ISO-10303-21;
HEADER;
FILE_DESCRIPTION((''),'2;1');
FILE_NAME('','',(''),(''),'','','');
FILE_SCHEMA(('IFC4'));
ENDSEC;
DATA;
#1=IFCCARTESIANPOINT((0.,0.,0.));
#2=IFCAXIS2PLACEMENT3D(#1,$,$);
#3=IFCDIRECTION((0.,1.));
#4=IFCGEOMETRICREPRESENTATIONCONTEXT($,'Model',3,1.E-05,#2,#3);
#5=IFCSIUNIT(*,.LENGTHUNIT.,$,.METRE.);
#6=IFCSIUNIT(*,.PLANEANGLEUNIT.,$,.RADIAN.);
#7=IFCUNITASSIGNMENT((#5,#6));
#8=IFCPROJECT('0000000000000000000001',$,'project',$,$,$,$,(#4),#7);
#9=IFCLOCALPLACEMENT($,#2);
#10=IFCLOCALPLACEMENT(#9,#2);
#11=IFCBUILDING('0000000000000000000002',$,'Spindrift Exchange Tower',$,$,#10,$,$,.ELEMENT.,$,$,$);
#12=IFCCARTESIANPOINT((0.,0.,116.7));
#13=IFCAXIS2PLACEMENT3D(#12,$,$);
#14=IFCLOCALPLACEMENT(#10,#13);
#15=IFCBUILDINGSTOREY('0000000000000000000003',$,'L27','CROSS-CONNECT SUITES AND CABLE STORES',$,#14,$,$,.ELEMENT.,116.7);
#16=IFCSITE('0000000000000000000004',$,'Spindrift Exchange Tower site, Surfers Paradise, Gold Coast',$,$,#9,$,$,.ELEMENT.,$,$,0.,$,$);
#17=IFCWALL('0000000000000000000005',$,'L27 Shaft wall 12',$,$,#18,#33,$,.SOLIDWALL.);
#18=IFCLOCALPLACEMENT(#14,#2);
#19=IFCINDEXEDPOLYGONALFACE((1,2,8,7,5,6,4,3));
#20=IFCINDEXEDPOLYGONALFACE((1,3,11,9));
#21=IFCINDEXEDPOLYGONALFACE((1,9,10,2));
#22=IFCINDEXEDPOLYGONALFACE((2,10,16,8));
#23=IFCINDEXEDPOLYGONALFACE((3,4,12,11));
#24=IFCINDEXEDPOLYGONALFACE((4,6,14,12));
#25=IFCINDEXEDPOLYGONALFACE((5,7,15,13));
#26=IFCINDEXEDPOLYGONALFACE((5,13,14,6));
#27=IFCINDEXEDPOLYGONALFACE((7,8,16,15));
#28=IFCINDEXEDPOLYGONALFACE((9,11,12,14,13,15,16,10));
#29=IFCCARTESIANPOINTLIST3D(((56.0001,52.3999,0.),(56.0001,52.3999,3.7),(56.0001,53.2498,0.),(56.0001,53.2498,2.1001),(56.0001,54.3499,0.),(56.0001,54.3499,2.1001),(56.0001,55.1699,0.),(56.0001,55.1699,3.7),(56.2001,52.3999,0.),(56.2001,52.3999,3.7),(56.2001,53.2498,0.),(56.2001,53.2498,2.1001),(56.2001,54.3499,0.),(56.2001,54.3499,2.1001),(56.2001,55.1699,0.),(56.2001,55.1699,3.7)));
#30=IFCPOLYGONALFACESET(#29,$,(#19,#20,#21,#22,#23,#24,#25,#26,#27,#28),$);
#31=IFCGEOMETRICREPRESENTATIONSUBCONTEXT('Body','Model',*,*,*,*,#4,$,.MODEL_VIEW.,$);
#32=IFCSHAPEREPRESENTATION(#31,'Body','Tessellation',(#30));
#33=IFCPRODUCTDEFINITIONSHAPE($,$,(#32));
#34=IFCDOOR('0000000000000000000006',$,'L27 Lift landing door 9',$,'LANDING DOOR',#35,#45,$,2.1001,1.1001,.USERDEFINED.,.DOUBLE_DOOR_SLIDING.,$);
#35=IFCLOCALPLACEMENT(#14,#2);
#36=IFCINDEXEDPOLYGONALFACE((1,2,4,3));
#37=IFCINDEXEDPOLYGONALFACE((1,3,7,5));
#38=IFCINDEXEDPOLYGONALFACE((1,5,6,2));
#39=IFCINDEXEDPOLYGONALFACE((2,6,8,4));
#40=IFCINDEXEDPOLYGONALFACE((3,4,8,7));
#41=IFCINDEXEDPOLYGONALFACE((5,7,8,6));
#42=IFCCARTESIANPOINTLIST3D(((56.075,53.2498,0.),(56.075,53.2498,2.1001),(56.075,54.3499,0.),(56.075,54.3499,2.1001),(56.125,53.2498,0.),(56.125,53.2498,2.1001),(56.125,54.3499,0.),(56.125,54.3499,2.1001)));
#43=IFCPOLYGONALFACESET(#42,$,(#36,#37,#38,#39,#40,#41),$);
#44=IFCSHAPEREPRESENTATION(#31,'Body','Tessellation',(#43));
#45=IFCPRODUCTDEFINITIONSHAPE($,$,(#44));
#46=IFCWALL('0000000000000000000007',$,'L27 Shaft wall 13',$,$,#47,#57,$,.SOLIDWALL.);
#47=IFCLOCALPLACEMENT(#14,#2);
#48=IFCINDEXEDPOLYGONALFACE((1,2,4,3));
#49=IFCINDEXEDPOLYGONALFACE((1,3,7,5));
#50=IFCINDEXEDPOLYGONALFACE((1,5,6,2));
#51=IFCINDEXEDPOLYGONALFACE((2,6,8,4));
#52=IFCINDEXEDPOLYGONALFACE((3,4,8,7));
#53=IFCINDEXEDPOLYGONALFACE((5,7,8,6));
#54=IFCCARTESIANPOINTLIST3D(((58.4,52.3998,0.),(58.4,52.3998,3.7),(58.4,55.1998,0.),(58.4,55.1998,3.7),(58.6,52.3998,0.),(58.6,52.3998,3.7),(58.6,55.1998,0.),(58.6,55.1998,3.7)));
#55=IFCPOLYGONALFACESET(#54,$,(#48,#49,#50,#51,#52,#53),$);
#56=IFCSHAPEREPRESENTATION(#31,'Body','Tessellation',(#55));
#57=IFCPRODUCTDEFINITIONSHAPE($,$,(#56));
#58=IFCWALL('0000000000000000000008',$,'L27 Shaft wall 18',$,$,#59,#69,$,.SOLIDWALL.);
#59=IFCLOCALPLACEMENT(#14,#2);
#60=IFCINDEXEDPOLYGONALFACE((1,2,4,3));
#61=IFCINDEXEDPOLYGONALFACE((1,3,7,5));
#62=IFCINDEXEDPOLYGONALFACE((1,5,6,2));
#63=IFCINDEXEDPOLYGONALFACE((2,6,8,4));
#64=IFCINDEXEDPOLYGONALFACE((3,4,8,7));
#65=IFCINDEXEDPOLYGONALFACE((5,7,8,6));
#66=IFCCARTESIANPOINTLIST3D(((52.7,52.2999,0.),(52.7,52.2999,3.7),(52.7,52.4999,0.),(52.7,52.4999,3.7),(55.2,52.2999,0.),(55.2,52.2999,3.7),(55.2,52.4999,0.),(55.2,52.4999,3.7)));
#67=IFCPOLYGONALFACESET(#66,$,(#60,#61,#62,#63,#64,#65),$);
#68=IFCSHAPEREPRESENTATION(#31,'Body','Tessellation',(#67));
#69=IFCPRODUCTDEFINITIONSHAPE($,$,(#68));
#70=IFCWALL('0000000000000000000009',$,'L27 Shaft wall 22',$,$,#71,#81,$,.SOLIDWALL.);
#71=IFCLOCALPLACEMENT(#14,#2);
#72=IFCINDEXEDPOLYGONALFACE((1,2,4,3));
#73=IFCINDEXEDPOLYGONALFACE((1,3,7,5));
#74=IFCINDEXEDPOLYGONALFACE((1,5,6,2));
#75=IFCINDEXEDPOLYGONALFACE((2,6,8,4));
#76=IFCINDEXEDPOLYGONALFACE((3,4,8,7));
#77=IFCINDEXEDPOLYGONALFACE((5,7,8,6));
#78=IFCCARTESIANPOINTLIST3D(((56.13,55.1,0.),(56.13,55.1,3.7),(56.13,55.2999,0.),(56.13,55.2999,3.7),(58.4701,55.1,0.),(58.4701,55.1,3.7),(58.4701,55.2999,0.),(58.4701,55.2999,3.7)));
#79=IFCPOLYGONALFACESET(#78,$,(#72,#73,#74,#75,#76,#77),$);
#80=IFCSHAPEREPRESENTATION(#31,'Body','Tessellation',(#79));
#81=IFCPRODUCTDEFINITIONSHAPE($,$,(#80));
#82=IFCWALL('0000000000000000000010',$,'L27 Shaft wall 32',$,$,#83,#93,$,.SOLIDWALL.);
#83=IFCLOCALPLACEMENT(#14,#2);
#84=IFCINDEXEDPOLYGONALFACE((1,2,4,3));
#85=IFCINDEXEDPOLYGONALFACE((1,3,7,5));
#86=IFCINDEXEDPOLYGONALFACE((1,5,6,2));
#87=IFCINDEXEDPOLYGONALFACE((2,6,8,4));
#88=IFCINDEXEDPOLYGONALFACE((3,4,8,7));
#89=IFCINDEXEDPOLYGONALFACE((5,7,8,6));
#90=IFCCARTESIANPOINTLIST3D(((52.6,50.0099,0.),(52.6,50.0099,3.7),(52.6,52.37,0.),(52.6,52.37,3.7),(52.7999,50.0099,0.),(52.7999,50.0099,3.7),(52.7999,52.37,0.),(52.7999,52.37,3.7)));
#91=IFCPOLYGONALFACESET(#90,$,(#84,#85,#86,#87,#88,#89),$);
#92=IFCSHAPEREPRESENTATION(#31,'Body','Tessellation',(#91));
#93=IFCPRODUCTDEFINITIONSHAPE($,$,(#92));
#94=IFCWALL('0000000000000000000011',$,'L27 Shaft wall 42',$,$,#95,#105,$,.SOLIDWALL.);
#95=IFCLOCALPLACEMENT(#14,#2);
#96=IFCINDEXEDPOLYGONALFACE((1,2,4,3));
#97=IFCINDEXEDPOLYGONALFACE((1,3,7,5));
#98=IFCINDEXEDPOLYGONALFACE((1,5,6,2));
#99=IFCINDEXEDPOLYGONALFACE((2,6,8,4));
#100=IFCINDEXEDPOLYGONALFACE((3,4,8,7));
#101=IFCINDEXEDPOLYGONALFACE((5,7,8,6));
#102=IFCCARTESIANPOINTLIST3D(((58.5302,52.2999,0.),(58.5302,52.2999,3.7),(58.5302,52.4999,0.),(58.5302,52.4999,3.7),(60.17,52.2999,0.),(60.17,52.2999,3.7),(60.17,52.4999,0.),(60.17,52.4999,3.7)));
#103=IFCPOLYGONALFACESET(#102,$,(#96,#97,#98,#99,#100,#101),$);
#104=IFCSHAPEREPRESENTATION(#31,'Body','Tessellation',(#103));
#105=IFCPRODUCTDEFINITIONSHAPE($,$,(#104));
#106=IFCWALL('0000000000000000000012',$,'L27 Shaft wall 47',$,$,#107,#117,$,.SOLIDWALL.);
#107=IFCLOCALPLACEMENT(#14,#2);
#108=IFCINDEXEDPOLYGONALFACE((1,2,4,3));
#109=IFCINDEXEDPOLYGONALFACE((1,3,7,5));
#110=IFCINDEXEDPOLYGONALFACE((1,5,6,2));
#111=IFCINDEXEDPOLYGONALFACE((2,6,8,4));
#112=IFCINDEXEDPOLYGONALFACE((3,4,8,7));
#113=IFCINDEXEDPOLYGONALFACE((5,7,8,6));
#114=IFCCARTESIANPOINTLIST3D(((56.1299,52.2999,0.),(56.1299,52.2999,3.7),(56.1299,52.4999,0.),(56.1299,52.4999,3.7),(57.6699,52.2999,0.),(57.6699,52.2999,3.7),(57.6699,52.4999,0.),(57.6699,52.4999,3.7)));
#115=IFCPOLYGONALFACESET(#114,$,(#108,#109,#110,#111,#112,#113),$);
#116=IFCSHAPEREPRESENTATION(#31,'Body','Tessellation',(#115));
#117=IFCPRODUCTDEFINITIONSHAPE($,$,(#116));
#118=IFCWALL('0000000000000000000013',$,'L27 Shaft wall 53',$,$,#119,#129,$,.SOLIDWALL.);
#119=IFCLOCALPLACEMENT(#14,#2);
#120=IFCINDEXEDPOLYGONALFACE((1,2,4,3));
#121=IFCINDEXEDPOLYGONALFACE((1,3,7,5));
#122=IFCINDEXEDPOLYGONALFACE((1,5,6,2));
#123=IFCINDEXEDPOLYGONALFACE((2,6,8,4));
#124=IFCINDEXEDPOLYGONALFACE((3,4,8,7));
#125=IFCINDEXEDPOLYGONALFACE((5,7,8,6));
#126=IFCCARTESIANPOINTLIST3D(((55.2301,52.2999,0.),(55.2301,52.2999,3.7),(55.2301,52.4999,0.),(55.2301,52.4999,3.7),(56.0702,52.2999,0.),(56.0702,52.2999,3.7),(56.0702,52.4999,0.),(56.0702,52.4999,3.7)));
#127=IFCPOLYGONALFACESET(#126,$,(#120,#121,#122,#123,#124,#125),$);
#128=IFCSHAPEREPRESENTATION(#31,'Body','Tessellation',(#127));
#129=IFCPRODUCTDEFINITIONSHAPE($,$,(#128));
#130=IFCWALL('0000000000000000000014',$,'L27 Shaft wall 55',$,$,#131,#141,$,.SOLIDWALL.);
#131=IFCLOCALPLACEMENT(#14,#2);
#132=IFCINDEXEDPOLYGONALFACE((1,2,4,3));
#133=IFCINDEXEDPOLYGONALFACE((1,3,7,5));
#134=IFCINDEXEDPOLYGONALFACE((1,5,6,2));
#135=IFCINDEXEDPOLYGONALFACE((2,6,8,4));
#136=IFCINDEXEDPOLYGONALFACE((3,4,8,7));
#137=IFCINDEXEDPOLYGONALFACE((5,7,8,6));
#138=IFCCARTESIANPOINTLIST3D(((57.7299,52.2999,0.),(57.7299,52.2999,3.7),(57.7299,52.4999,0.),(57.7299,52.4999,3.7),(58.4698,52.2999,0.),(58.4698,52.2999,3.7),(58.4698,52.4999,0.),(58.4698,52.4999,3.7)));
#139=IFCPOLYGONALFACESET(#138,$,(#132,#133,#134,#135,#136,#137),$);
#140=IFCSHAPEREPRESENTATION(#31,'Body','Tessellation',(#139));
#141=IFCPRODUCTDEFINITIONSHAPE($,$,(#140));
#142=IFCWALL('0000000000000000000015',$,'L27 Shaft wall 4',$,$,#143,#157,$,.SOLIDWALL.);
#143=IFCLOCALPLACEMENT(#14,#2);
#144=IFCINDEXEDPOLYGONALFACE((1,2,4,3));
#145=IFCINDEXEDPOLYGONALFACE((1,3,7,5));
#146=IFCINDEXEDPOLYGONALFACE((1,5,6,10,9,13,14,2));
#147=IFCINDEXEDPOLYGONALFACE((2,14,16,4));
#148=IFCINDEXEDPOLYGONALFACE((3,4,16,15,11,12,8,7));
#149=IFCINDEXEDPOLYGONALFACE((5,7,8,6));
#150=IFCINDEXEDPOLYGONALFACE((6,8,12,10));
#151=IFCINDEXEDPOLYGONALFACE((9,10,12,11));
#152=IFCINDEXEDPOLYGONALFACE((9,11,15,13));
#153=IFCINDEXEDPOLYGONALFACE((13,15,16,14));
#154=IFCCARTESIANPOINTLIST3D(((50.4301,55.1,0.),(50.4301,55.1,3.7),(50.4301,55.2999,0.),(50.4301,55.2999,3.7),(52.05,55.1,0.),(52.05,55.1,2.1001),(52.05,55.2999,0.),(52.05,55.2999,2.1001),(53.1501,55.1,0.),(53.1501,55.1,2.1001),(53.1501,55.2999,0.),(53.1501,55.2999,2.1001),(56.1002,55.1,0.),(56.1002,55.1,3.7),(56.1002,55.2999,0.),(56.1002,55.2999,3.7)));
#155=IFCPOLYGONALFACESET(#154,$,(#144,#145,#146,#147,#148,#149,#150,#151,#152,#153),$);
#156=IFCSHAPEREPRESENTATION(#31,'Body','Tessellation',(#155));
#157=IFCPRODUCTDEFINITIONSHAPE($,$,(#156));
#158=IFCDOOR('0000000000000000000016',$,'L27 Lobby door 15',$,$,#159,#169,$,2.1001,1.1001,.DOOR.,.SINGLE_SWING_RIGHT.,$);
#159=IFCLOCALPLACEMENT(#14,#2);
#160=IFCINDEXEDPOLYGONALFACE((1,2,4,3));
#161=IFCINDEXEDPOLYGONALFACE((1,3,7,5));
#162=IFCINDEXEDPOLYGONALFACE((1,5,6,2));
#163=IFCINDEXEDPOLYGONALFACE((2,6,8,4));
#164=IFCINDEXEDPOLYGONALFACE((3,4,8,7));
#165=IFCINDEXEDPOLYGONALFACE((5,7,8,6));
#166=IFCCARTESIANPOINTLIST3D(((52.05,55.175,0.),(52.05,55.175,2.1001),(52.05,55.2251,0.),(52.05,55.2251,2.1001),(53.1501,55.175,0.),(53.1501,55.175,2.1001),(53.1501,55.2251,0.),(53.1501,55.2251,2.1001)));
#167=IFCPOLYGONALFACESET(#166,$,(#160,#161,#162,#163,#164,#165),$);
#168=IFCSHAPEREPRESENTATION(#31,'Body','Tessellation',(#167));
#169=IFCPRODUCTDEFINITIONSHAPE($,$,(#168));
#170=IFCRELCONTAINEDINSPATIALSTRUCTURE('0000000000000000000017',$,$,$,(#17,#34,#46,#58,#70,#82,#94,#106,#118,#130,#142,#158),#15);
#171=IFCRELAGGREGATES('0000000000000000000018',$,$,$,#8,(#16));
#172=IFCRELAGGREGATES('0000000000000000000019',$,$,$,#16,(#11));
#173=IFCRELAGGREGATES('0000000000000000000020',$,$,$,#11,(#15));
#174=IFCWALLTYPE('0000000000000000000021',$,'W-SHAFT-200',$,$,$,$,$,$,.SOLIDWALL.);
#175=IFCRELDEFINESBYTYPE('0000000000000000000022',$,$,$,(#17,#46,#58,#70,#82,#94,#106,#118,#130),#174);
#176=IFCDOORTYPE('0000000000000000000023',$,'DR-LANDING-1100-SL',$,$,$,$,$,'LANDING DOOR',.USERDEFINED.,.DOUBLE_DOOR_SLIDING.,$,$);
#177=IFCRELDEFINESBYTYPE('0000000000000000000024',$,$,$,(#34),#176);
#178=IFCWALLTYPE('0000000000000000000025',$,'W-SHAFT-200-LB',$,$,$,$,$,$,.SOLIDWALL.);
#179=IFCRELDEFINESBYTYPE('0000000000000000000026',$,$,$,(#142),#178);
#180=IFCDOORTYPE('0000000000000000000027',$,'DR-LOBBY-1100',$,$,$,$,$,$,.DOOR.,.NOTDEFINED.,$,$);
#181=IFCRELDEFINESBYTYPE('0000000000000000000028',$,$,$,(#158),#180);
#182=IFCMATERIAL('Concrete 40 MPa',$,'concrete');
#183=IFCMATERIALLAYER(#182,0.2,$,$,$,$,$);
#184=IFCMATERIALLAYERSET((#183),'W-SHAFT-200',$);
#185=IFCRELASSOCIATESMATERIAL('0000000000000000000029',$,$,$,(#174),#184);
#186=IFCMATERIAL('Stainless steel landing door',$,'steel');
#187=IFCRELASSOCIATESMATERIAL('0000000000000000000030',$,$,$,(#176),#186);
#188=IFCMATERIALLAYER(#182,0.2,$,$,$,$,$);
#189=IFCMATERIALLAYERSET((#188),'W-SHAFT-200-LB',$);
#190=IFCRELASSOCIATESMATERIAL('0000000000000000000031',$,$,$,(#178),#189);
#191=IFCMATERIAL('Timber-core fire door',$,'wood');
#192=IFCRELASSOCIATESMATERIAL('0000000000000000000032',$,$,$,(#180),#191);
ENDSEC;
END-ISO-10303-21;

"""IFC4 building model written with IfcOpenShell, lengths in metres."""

from ifc_helpers import new_model, si_unit, direction, frame, frame_2d, origin, place, context, subcontext, project, spatial, rectangle, extrude, source, transform, mapped, material, layer, layer_set, type_object, element, fill, save


model = new_model("IFC4")

# Units and contexts
model_context = context("Model", 3, precision=1e-05, world=origin(), true_north=direction((0.0, 1.0)))
body_context = subcontext(model_context, "Body", "Model", "MODEL_VIEW")
ifc_project = project(units=[si_unit("LENGTHUNIT", "METRE"), si_unit("PLANEANGLEUNIT", "RADIAN")], contexts=[model_context])

# Site, building, storey
site_placement = place(None, origin())
site = spatial("IfcSite", under=ifc_project, at=site_placement, Name="Spindrift Exchange Tower site, Surfers Paradise, Gold Coast", CompositionType="ELEMENT", RefElevation=0.0)
building_placement = place(site_placement, origin())
building = spatial("IfcBuilding", under=site, at=building_placement, Name="Spindrift Exchange Tower", CompositionType="ELEMENT")
storey_placement = place(building_placement, frame((0.0, 0.0, 116.7)))
storey = spatial("IfcBuildingStorey", under=building, at=storey_placement, Name="L27", Description="CROSS-CONNECT SUITES AND CABLE STORES", CompositionType="ELEMENT", Elevation=116.7)

# Wall, opening, door
ifc_material_1 = material(Name="Concrete 40 MPa", Category="concrete")
ifc_layer_1 = layer(ifc_material_1, 0.2)
ifc_layer_set_1 = layer_set([ifc_layer_1], Name="W-SHAFT-200")
wall_type_1 = type_object("IfcWallType", Name="W-SHAFT-200", PredefinedType="SOLIDWALL", material=ifc_layer_set_1)
wall_1_placement = place(storey_placement, frame((56.1001, 55.1699, 0.0), z_axis=(0.0, 0.0, 1.0), x_axis=(0.0, -1.0, 0.0)))
wall_1 = element("IfcWall", 1, at=wall_1_placement, inside=storey, type_object=wall_type_1, Name="L27 Shaft wall 12", PredefinedType="SOLIDWALL", context=body_context, shape_type="SweptSolid", body=[
    extrude(rectangle(XDim=2.77, YDim=0.2, at=frame_2d((1.385, 0.0))), origin(), (0.0, 0.0, 1.0), 3.7),
])
opening_1_placement = place(wall_1_placement, frame((0.8201, 0.0, 0.0)))
opening_1 = element("IfcOpeningElement", 2, at=opening_1_placement, cuts=wall_1, PredefinedType="OPENING", context=body_context, shape_type="SweptSolid", body=[
    extrude(rectangle(XDim=1.1001, YDim=2.1001, at=frame_2d((0.55, 1.05))), frame((0.0, 0.1099, 0.0), z_axis=(0.0, -1.0, 0.0), x_axis=(1.0, 0.0, 0.0)), (0.0, 0.0, 1.0), 0.22),
])
ifc_material_2 = material(Name="Stainless steel landing door", Category="steel")
door_type_1 = type_object("IfcDoorType", Name="DR-LANDING-1100-SL", ElementType="LANDING DOOR", OperationType="DOUBLE_DOOR_SLIDING", PredefinedType="USERDEFINED", material=ifc_material_2)
shared_shape_1 = source(origin(), body_context, "Body", "SweptSolid", [
    extrude(rectangle(XDim=1.1001, YDim=2.1001, at=frame_2d((0.55, 1.05))), frame((0.0, 0.0249, 0.0), z_axis=(0.0, -1.0, 0.0), x_axis=(1.0, 0.0, 0.0)), (0.0, 0.0, 1.0), 0.05),
])
door_1_placement = place(opening_1_placement, origin())
door_1 = element("IfcDoor", 3, at=door_1_placement, inside=storey, type_object=door_type_1, Name="L27 Lift landing door 9", ObjectType="LANDING DOOR", OperationType="DOUBLE_DOOR_SLIDING", OverallHeight=2.1001, OverallWidth=1.1001, PredefinedType="USERDEFINED", context=body_context, shape_type="MappedRepresentation", body=[
    mapped(shared_shape_1, transform((0.0, 0.0, 0.0), scale=1.0)),
])
fill(opening_1, door_1)

# Walls
wall_2_placement = place(storey_placement, frame((58.5, 52.3999, 0.0), z_axis=(0.0, 0.0, 1.0), x_axis=(0.0, 1.0, 0.0)))
element("IfcWall", 4, at=wall_2_placement, inside=storey, type_object=wall_type_1, Name="L27 Shaft wall 13", PredefinedType="SOLIDWALL", context=body_context, shape_type="SweptSolid", body=[
    extrude(rectangle(XDim=2.8, YDim=0.2, at=frame_2d((1.3999, 0.0))), origin(), (0.0, 0.0, 1.0), 3.7),
])
wall_3_placement = place(storey_placement, frame((55.2, 52.3999, 0.0), z_axis=(0.0, 0.0, 1.0), x_axis=(-1.0, 0.0, 0.0)))
element("IfcWall", 5, at=wall_3_placement, inside=storey, type_object=wall_type_1, Name="L27 Shaft wall 18", PredefinedType="SOLIDWALL", context=body_context, shape_type="SweptSolid", body=[
    extrude(rectangle(XDim=2.5, YDim=0.2, at=frame_2d((1.25, 0.0))), origin(), (0.0, 0.0, 1.0), 3.7),
])
wall_4_placement = place(storey_placement, frame((58.47, 55.2, 0.0), z_axis=(0.0, 0.0, 1.0), x_axis=(-1.0, 0.0, 0.0)))
element("IfcWall", 6, at=wall_4_placement, inside=storey, type_object=wall_type_1, Name="L27 Shaft wall 22", PredefinedType="SOLIDWALL", context=body_context, shape_type="SweptSolid", body=[
    extrude(rectangle(XDim=2.3401, YDim=0.2, at=frame_2d((1.1699, 0.0))), origin(), (0.0, 0.0, 1.0), 3.7),
])
wall_5_placement = place(storey_placement, frame((52.7, 52.3701, 0.0), z_axis=(0.0, 0.0, 1.0), x_axis=(0.0, -1.0, 0.0)))
element("IfcWall", 7, at=wall_5_placement, inside=storey, type_object=wall_type_1, Name="L27 Shaft wall 32", PredefinedType="SOLIDWALL", context=body_context, shape_type="SweptSolid", body=[
    extrude(rectangle(XDim=2.3601, YDim=0.2, at=frame_2d((1.1802, 0.0))), origin(), (0.0, 0.0, 1.0), 3.7),
])
wall_6_placement = place(storey_placement, frame((60.1699, 52.3999, 0.0), z_axis=(0.0, 0.0, 1.0), x_axis=(-1.0, 0.0, 0.0)))
element("IfcWall", 8, at=wall_6_placement, inside=storey, type_object=wall_type_1, Name="L27 Shaft wall 42", PredefinedType="SOLIDWALL", context=body_context, shape_type="SweptSolid", body=[
    extrude(rectangle(XDim=1.6399, YDim=0.2, at=frame_2d((0.8198, 0.0))), origin(), (0.0, 0.0, 1.0), 3.7),
])
wall_7_placement = place(storey_placement, frame((57.6699, 52.3999, 0.0), z_axis=(0.0, 0.0, 1.0), x_axis=(-1.0, 0.0, 0.0)))
element("IfcWall", 9, at=wall_7_placement, inside=storey, type_object=wall_type_1, Name="L27 Shaft wall 47", PredefinedType="SOLIDWALL", context=body_context, shape_type="SweptSolid", body=[
    extrude(rectangle(XDim=1.54, YDim=0.2, at=frame_2d((0.77, 0.0))), origin(), (0.0, 0.0, 1.0), 3.7),
])
wall_8_placement = place(storey_placement, frame((56.0701, 52.3999, 0.0), z_axis=(0.0, 0.0, 1.0), x_axis=(-1.0, 0.0, 0.0)))
element("IfcWall", 10, at=wall_8_placement, inside=storey, type_object=wall_type_1, Name="L27 Shaft wall 53", PredefinedType="SOLIDWALL", context=body_context, shape_type="SweptSolid", body=[
    extrude(rectangle(XDim=0.8401, YDim=0.2, at=frame_2d((0.4199, 0.0))), origin(), (0.0, 0.0, 1.0), 3.7),
])
wall_9_placement = place(storey_placement, frame((58.47, 52.3999, 0.0), z_axis=(0.0, 0.0, 1.0), x_axis=(-1.0, 0.0, 0.0)))
element("IfcWall", 11, at=wall_9_placement, inside=storey, type_object=wall_type_1, Name="L27 Shaft wall 55", PredefinedType="SOLIDWALL", context=body_context, shape_type="SweptSolid", body=[
    extrude(rectangle(XDim=0.74, YDim=0.2, at=frame_2d((0.3701, 0.0))), origin(), (0.0, 0.0, 1.0), 3.7),
])

# Wall, opening, door
ifc_layer_2 = layer(ifc_material_1, 0.2)
ifc_layer_set_2 = layer_set([ifc_layer_2], Name="W-SHAFT-200-LB")
wall_type_2 = type_object("IfcWallType", Name="W-SHAFT-200-LB", PredefinedType="SOLIDWALL", material=ifc_layer_set_2)
wall_10_placement = place(storey_placement, frame((56.1001, 55.2, 0.0), z_axis=(0.0, 0.0, 1.0), x_axis=(-1.0, 0.0, 0.0)))
wall_10 = element("IfcWall", 12, at=wall_10_placement, inside=storey, type_object=wall_type_2, Name="L27 Shaft wall 4", PredefinedType="SOLIDWALL", context=body_context, shape_type="SweptSolid", body=[
    extrude(rectangle(XDim=5.6702, YDim=0.2, at=frame_2d((2.835, 0.0))), origin(), (0.0, 0.0, 1.0), 3.7),
])
opening_2_placement = place(wall_10_placement, frame((2.95, 0.0, 0.0)))
opening_2 = element("IfcOpeningElement", 13, at=opening_2_placement, cuts=wall_10, PredefinedType="OPENING", context=body_context, shape_type="SweptSolid", body=[
    extrude(rectangle(XDim=1.1001, YDim=2.1001, at=frame_2d((0.55, 1.05))), frame((0.0, 0.1099, 0.0), z_axis=(0.0, -1.0, 0.0), x_axis=(1.0, 0.0, 0.0)), (0.0, 0.0, 1.0), 0.22),
])
ifc_material_3 = material(Name="Timber-core fire door", Category="wood")
door_type_2 = type_object("IfcDoorType", Name="DR-LOBBY-1100", OperationType="NOTDEFINED", PredefinedType="DOOR", material=ifc_material_3)
shared_shape_2 = source(origin(), body_context, "Body", "SweptSolid", [
    extrude(rectangle(XDim=1.1001, YDim=2.1001, at=frame_2d((0.55, 1.05))), frame((0.0, 0.0249, 0.0), z_axis=(0.0, -1.0, 0.0), x_axis=(1.0, 0.0, 0.0)), (0.0, 0.0, 1.0), 0.05),
])
door_2_placement = place(opening_2_placement, origin())
door_2 = element("IfcDoor", 14, at=door_2_placement, inside=storey, type_object=door_type_2, Name="L27 Lobby door 15", OperationType="SINGLE_SWING_RIGHT", OverallHeight=2.1001, OverallWidth=1.1001, PredefinedType="DOOR", context=body_context, shape_type="MappedRepresentation", body=[
    mapped(shared_shape_2, transform((0.0, 0.0, 0.0), scale=1.0)),
])
fill(opening_2, door_2)

save(model, "model.ifc")
